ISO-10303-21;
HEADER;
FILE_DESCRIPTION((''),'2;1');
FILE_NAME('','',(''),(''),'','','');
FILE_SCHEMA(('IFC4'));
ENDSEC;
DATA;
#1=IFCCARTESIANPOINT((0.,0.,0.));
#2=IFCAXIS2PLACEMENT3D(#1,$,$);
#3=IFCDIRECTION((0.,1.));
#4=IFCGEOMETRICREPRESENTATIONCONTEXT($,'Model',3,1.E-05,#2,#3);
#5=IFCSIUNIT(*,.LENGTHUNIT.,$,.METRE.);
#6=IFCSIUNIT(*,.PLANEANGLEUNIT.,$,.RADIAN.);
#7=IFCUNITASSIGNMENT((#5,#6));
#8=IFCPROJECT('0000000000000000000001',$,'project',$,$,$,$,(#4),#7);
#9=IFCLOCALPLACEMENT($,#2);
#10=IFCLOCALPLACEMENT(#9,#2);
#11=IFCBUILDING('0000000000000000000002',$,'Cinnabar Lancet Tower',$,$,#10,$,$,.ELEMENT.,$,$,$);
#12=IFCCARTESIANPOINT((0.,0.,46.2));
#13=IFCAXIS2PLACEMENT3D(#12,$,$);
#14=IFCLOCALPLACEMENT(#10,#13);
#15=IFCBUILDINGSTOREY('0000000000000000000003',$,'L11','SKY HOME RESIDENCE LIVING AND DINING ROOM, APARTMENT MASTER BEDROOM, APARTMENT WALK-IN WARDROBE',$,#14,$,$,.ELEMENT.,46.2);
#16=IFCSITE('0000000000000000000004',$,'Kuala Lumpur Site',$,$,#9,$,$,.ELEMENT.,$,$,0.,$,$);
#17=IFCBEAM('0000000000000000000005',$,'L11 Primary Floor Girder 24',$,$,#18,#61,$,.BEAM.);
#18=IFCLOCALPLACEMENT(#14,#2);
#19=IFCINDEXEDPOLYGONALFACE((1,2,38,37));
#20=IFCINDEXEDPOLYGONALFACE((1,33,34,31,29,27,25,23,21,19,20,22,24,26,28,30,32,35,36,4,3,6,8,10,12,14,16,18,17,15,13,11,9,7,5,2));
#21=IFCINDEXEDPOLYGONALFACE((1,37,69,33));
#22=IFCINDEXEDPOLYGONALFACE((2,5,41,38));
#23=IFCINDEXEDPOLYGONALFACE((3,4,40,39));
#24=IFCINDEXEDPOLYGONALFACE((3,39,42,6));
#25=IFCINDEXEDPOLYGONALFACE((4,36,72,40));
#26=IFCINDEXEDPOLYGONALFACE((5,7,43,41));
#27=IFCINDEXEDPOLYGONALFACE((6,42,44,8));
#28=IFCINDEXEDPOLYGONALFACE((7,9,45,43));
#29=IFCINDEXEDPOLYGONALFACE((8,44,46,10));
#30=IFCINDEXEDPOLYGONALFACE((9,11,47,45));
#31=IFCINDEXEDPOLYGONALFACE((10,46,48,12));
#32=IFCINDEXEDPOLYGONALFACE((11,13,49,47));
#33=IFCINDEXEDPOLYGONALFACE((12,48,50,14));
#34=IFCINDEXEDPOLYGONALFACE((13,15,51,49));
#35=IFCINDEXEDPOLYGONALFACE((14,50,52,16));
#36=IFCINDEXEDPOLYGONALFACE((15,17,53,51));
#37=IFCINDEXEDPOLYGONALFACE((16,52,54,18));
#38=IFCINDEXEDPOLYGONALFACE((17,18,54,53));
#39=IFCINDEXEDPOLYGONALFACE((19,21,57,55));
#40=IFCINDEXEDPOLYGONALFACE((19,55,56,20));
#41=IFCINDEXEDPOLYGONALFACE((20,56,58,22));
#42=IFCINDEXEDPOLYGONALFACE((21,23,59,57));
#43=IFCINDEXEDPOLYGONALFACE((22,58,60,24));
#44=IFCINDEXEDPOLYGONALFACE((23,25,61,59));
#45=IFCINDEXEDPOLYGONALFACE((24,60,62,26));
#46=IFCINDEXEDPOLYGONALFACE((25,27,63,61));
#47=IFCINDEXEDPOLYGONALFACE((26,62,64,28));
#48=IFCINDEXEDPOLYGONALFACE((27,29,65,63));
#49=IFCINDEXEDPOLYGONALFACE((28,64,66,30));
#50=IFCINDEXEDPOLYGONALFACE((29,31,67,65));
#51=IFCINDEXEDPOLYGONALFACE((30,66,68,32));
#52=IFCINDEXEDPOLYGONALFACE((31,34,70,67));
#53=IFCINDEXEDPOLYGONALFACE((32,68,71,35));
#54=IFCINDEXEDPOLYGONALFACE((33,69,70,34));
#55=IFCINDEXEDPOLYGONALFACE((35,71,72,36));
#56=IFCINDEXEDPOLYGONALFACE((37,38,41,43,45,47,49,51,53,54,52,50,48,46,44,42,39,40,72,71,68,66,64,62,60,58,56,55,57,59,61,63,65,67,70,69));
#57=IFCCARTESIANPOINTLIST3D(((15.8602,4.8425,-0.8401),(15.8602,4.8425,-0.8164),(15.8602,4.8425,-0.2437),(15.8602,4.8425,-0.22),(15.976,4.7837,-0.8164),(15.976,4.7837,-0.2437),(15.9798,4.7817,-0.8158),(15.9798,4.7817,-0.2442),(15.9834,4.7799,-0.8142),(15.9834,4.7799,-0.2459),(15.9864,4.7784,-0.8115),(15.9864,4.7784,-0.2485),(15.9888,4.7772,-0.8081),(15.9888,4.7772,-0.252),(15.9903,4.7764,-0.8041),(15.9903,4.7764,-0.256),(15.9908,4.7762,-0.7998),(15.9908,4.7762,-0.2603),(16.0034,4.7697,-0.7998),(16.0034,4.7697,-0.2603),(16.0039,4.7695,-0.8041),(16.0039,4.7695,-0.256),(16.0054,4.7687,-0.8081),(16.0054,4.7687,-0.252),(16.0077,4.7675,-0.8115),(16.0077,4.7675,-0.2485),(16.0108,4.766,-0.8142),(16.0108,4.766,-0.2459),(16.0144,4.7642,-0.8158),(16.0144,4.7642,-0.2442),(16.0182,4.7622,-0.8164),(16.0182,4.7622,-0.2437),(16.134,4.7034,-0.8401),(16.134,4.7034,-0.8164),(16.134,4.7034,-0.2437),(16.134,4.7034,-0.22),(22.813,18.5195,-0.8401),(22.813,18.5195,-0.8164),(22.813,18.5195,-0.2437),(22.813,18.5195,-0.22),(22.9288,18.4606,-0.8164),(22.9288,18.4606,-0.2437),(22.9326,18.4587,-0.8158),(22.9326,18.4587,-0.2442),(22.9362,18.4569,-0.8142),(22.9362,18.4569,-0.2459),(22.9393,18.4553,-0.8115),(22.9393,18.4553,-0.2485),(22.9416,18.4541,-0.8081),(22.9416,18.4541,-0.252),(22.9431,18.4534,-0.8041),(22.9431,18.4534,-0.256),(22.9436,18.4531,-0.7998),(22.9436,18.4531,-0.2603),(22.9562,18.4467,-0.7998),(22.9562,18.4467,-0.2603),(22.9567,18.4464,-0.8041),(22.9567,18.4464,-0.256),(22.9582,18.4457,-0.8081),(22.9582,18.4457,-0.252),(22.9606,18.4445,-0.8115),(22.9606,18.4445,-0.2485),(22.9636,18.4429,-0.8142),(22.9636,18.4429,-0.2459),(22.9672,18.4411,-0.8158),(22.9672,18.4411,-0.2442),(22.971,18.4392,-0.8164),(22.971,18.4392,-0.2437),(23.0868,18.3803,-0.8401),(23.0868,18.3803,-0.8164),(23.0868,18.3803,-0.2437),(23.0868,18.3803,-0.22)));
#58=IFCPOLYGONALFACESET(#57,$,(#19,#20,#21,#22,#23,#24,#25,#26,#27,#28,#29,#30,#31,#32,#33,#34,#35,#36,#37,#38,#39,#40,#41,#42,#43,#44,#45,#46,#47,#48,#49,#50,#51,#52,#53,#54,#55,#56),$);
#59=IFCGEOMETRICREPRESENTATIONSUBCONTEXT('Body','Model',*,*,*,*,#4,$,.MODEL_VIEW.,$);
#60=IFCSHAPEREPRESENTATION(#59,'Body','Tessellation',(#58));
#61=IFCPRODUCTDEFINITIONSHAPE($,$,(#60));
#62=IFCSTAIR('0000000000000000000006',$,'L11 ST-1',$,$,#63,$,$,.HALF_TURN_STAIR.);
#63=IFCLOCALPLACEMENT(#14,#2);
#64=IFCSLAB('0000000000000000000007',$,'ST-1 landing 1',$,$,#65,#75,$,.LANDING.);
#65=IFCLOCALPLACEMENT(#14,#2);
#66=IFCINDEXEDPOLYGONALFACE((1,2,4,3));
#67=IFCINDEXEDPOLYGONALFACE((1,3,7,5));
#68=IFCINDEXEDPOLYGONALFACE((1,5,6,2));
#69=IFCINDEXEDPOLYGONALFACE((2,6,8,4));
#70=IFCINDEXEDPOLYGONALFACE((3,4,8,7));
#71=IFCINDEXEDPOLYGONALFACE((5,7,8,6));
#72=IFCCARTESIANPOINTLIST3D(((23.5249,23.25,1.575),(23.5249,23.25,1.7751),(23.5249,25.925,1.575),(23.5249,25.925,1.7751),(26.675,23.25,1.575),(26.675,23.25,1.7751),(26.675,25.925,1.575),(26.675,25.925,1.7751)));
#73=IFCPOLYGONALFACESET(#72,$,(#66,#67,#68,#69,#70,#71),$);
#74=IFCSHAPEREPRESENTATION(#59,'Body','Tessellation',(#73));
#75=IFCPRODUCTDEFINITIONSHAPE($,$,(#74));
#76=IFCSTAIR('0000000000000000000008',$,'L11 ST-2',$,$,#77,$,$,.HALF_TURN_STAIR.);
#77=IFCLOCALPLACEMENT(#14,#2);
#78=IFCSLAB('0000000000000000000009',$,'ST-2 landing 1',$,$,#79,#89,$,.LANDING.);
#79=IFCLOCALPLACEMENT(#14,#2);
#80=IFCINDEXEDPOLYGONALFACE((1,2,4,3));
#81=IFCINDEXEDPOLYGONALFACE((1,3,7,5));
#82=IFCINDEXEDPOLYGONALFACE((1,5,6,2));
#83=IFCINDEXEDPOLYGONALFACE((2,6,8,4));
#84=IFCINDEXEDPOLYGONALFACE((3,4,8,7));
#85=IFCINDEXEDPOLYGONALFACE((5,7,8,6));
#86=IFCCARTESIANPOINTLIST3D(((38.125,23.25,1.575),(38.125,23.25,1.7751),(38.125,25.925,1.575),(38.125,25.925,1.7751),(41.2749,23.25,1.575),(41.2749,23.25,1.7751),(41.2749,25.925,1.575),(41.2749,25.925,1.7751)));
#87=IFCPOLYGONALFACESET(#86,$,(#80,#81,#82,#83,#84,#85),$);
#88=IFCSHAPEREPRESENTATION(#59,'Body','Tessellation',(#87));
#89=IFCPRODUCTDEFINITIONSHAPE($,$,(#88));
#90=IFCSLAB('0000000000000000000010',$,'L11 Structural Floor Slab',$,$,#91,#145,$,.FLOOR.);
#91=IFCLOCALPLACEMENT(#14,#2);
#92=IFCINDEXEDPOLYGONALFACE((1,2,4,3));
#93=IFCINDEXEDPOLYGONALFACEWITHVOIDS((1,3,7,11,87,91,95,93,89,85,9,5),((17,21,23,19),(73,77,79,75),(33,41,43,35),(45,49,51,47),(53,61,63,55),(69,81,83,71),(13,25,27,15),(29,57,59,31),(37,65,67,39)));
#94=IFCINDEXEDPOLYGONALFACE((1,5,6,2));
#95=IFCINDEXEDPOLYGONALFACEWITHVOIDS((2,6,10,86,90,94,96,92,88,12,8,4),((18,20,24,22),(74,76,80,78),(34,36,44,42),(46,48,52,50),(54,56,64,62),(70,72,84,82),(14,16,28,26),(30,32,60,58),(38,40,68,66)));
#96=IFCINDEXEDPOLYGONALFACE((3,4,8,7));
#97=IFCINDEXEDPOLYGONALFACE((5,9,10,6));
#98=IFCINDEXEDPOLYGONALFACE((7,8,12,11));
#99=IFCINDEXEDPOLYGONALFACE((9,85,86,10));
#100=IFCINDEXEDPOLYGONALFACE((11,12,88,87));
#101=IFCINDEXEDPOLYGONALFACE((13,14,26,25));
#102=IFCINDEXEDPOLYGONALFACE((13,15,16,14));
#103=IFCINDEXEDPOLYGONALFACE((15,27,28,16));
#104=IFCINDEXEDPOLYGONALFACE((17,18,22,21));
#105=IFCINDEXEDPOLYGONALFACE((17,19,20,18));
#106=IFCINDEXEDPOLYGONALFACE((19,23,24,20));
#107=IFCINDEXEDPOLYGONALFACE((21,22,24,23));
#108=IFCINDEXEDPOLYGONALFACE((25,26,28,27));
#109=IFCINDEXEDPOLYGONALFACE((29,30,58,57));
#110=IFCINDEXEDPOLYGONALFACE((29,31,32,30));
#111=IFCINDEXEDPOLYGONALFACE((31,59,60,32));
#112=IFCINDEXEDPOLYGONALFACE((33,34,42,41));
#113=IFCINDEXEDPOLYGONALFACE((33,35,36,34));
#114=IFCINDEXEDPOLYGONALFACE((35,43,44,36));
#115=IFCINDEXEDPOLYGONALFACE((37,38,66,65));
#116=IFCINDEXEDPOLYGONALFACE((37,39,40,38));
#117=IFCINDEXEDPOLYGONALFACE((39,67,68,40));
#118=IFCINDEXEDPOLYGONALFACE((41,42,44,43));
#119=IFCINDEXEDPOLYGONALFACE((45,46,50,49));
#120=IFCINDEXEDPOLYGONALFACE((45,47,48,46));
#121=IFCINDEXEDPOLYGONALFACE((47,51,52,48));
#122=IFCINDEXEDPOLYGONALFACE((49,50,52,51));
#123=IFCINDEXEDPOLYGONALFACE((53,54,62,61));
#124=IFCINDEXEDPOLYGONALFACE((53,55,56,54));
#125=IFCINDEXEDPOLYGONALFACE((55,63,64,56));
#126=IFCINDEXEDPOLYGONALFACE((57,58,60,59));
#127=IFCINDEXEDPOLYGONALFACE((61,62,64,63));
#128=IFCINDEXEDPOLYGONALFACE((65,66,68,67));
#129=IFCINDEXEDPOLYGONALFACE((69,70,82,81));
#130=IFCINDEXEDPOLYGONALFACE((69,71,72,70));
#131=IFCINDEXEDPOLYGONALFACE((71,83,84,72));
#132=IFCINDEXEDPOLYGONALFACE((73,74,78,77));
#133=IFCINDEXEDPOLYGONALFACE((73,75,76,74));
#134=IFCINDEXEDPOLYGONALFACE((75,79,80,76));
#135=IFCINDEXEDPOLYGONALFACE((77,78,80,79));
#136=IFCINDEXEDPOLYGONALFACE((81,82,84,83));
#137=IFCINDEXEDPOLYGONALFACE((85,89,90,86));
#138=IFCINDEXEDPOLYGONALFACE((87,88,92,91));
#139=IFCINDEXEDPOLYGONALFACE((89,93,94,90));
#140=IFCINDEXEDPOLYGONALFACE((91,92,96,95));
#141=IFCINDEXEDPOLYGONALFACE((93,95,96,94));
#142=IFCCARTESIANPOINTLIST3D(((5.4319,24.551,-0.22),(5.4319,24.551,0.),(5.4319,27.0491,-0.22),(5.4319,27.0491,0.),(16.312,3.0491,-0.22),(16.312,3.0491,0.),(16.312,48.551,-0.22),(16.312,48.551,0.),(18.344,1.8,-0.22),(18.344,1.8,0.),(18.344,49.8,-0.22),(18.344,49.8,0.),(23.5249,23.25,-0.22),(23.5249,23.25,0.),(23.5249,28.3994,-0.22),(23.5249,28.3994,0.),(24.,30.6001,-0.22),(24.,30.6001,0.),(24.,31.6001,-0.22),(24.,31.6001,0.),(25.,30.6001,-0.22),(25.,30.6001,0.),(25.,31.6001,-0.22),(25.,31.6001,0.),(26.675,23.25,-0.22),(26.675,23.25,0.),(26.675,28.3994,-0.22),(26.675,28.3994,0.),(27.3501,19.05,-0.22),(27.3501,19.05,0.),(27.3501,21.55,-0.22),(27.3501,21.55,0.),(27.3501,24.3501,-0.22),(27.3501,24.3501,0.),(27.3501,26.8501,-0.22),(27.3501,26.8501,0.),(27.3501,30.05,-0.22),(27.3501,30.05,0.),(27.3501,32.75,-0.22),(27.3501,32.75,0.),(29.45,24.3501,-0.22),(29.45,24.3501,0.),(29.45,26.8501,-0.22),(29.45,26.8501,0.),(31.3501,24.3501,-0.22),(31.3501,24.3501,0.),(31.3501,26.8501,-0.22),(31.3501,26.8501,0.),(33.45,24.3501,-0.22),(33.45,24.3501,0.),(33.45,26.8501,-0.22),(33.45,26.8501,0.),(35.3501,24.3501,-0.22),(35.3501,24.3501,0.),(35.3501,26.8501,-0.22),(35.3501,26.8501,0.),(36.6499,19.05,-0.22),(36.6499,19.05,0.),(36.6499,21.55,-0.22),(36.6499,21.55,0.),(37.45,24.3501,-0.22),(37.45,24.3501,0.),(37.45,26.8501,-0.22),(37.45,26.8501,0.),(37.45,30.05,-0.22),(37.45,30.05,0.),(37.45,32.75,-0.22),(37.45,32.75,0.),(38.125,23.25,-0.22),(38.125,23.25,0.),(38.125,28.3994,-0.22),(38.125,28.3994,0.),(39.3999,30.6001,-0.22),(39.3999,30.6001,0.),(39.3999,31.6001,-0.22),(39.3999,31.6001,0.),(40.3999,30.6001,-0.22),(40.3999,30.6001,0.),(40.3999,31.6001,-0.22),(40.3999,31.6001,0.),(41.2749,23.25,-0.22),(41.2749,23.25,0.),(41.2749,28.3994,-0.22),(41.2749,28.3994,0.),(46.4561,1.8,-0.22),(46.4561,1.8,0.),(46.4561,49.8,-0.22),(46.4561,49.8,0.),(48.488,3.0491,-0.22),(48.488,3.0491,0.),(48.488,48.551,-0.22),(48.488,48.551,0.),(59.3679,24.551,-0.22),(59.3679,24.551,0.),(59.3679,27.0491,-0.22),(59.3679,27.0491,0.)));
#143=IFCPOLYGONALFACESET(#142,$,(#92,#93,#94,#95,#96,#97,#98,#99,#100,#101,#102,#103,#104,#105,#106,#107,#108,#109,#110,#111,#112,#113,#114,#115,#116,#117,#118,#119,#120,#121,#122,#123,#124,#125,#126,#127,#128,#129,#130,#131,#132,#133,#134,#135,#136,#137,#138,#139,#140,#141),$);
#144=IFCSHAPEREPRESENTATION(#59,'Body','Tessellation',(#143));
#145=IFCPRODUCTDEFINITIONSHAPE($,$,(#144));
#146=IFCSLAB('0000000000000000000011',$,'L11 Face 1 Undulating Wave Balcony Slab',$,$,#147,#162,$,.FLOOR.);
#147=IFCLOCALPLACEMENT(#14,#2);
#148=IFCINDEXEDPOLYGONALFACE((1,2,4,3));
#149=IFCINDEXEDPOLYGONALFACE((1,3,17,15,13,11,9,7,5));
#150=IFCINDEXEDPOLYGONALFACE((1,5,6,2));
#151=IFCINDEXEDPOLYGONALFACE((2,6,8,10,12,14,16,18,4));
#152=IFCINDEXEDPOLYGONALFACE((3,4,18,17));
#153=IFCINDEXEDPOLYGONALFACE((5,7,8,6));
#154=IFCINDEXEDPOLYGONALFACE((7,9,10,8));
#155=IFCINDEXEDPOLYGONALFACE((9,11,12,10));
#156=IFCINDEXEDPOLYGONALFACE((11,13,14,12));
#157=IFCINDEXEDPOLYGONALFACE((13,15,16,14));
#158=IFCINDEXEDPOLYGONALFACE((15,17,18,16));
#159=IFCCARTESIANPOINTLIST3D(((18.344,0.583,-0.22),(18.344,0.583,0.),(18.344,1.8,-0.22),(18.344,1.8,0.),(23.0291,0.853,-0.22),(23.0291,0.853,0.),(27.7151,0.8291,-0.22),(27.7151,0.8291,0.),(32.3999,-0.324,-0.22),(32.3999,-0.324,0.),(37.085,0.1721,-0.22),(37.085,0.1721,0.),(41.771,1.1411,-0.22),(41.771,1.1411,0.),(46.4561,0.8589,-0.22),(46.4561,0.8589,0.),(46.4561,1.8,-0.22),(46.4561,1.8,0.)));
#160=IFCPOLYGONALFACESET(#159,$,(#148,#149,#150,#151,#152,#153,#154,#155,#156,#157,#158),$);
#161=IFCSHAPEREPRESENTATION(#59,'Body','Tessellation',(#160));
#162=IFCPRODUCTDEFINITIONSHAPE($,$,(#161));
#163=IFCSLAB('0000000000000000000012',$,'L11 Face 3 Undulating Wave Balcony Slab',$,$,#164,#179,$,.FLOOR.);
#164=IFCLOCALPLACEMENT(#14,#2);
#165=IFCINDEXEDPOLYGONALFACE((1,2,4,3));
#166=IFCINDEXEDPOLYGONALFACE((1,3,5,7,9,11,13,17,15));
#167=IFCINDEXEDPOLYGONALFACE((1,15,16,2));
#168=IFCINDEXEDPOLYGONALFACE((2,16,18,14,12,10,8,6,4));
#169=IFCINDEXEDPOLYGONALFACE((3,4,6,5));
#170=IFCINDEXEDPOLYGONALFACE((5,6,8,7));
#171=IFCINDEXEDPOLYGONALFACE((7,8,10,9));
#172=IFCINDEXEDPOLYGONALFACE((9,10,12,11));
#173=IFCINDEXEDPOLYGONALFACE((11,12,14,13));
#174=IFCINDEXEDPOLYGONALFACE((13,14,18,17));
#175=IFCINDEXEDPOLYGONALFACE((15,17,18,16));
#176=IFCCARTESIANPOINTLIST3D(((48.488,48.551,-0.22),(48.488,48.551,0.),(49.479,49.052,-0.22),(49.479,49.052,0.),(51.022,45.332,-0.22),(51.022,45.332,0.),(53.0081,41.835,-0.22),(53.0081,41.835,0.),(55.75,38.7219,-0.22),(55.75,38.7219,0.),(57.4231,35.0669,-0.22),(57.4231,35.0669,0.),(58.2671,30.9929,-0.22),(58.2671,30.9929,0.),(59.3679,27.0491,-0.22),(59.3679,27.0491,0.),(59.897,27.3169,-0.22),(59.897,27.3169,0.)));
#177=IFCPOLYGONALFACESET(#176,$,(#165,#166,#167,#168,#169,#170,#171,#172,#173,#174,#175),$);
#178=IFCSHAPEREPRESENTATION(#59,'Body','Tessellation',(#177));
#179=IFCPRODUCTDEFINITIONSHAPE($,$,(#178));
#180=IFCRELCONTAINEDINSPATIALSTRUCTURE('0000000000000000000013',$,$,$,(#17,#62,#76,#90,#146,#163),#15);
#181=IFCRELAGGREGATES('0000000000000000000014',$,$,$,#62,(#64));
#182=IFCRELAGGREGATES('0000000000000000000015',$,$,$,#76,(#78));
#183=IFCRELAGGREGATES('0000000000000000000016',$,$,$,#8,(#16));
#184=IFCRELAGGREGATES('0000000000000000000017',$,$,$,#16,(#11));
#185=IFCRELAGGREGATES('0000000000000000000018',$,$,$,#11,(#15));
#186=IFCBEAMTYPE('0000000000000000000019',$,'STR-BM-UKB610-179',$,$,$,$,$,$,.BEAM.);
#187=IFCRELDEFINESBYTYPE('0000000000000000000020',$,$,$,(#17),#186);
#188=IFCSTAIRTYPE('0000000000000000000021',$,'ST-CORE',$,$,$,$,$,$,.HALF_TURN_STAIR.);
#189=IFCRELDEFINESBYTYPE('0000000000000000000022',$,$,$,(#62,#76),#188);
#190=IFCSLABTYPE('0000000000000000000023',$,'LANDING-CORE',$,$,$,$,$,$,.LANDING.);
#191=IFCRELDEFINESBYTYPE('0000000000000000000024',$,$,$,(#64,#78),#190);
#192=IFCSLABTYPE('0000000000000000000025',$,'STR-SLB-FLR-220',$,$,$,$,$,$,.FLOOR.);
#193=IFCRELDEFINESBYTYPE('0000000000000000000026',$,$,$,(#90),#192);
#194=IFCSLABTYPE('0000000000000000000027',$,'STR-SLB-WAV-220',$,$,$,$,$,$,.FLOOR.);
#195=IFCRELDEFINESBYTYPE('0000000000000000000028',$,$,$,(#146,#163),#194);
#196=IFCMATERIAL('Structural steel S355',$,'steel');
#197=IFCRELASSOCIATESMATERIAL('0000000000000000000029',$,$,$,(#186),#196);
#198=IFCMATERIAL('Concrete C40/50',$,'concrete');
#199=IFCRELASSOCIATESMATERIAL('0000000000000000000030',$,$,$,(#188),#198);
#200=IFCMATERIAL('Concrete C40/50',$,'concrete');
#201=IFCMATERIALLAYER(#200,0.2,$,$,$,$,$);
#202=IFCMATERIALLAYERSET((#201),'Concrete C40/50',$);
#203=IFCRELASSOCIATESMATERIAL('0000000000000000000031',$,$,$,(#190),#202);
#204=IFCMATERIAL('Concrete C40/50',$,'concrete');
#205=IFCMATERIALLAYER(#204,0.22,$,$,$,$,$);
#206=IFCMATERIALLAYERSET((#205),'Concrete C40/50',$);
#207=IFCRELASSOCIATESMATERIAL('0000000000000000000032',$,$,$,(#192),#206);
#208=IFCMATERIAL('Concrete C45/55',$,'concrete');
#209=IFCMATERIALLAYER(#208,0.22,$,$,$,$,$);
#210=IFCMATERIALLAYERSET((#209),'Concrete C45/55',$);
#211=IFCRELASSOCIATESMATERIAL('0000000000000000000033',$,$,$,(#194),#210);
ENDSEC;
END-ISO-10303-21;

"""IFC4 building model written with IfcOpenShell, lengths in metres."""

from ifc_helpers import new_model, si_unit, direction, frame, origin, origin_2d, place, context, subcontext, project, spatial, polyline, i_section, outline, extrude, material, layer, layer_set, material_profile, profile_set, type_object, element, aggregate, save


model = new_model("IFC4")

# Units and contexts
model_context = context("Model", 3, precision=1e-05, world=origin(), true_north=direction((0.0, 1.0)))
body_context = subcontext(model_context, "Body", "Model", "MODEL_VIEW")
ifc_project = project(units=[si_unit("LENGTHUNIT", "METRE"), si_unit("PLANEANGLEUNIT", "RADIAN")], contexts=[model_context])

# Site, building, storey
site_placement = place(None, origin())
site = spatial("IfcSite", under=ifc_project, at=site_placement, Name="Kuala Lumpur Site", CompositionType="ELEMENT", RefElevation=0.0)
building_placement = place(site_placement, origin())
building = spatial("IfcBuilding", under=site, at=building_placement, Name="Cinnabar Lancet Tower", CompositionType="ELEMENT")
storey_placement = place(building_placement, frame((0.0, 0.0, 46.2)))
storey = spatial("IfcBuildingStorey", under=building, at=storey_placement, Name="L11", Description="SKY HOME RESIDENCE LIVING AND DINING ROOM, APARTMENT MASTER BEDROOM, APARTMENT WALK-IN WARDROBE", CompositionType="ELEMENT", Elevation=46.2)

# Beam
ifc_material_1 = material(Name="Structural steel S355", Category="steel")
ifc_material_profile_1 = material_profile(ifc_material_1, i_section(OverallWidth=0.3071, OverallDepth=0.6201, WebThickness=0.0142, FlangeThickness=0.0237, FilletRadius=0.0166, at=origin_2d()), Name="UKB 610x305x179")
ifc_profile_set_1 = profile_set([ifc_material_profile_1], Name="Structural steel S355")
beam_type_1 = type_object("IfcBeamType", Name="STR-BM-UKB610-179", PredefinedType="BEAM", material=ifc_profile_set_1)
beam_1_placement = place(storey_placement, frame((15.9971, 4.7729, -0.53), z_axis=(0.453168, 0.891425, 0.0), x_axis=(-0.891425, 0.453168, 0.0)))
element("IfcBeam", 1, at=beam_1_placement, inside=storey, type_object=beam_type_1, Name="L11 Primary Floor Girder 24", PredefinedType="BEAM", context=body_context, shape_type="SweptSolid", body=[
    extrude(i_section(OverallWidth=0.3071, OverallDepth=0.6201, WebThickness=0.0142, FlangeThickness=0.0237, FilletRadius=0.0166, at=origin_2d()), origin(), (0.0, 0.0, 1.0), 15.3428),
])

# Stairs, slabs
ifc_material_2 = material(Name="Concrete C40/50", Category="concrete")
stair_type = type_object("IfcStairType", Name="ST-CORE", PredefinedType="HALF_TURN_STAIR", material=ifc_material_2)
stair_1_placement = place(storey_placement, origin())
stair_1 = element("IfcStair", 2, at=stair_1_placement, inside=storey, type_object=stair_type, Name="L11 ST-1", PredefinedType="HALF_TURN_STAIR")
ifc_material_3 = material(Name="Concrete C40/50", Category="concrete")
ifc_layer_1 = layer(ifc_material_3, 0.2)
ifc_layer_set_1 = layer_set([ifc_layer_1], Name="Concrete C40/50")
slab_type_1 = type_object("IfcSlabType", Name="LANDING-CORE", PredefinedType="LANDING", material=ifc_layer_set_1)
slab_1_placement = place(storey_placement, frame((0.0, 0.0, 1.575)))
slab_1 = element("IfcSlab", 3, at=slab_1_placement, type_object=slab_type_1, Name="ST-1 landing 1", PredefinedType="LANDING", context=body_context, shape_type="SweptSolid", body=[
    extrude(outline(polyline([(23.5249, 25.925), (23.5249, 23.25), (26.675, 23.25), (26.675, 25.925), (23.5249, 25.925)])), origin(), (0.0, 0.0, 1.0), 0.2002),
])
aggregate(stair_1, [slab_1])
stair_2_placement = place(storey_placement, origin())
stair_2 = element("IfcStair", 4, at=stair_2_placement, inside=storey, type_object=stair_type, Name="L11 ST-2", PredefinedType="HALF_TURN_STAIR")
slab_2_placement = place(storey_placement, frame((0.0, 0.0, 1.575)))
slab_2 = element("IfcSlab", 5, at=slab_2_placement, type_object=slab_type_1, Name="ST-2 landing 1", PredefinedType="LANDING", context=body_context, shape_type="SweptSolid", body=[
    extrude(outline(polyline([(38.125, 25.925), (38.125, 23.25), (41.2749, 23.25), (41.2749, 25.925), (38.125, 25.925)])), origin(), (0.0, 0.0, 1.0), 0.2002),
])
aggregate(stair_2, [slab_2])

# Slabs
ifc_material_4 = material(Name="Concrete C40/50", Category="concrete")
ifc_layer_2 = layer(ifc_material_4, 0.22)
ifc_layer_set_2 = layer_set([ifc_layer_2], Name="Concrete C40/50")
slab_type_2 = type_object("IfcSlabType", Name="STR-SLB-FLR-220", PredefinedType="FLOOR", material=ifc_layer_set_2)
slab_3_placement = place(storey_placement, frame((0.0, 0.0, -0.22)))
element("IfcSlab", 6, at=slab_3_placement, inside=storey, type_object=slab_type_2, Name="L11 Structural Floor Slab", PredefinedType="FLOOR", context=body_context, shape_type="SweptSolid", body=[
    extrude(outline(polyline([(16.312, 3.0491), (18.344, 1.8), (46.4561, 1.8), (48.488, 3.0491), (59.3679, 24.551), (59.3679, 27.0491), (48.488, 48.551), (46.4561, 49.8), (18.344, 49.8), (16.312, 48.551), (5.4319, 27.0491), (5.4319, 24.551), (16.312, 3.0491)]), holes=[polyline([(23.5249, 23.25), (26.675, 23.25), (26.675, 28.3994), (23.5249, 28.3994), (23.5249, 23.25)]), polyline([(38.125, 23.25), (41.2749, 23.25), (41.2749, 28.3994), (38.125, 28.3994), (38.125, 23.25)]), polyline([(27.3501, 30.05), (37.45, 30.05), (37.45, 32.75), (27.3501, 32.75), (27.3501, 30.05)]), polyline([(27.3501, 19.05), (36.6499, 19.05), (36.6499, 21.55), (27.3501, 21.55), (27.3501, 19.05)]), polyline([(27.3501, 24.3501), (29.45, 24.3501), (29.45, 26.8501), (27.3501, 26.8501), (27.3501, 24.3501)]), polyline([(35.3501, 24.3501), (37.45, 24.3501), (37.45, 26.8501), (35.3501, 26.8501), (35.3501, 24.3501)]), polyline([(31.3501, 24.3501), (33.45, 24.3501), (33.45, 26.8501), (31.3501, 26.8501), (31.3501, 24.3501)]), polyline([(24.0, 30.6001), (25.0, 30.6001), (25.0, 31.6001), (24.0, 31.6001), (24.0, 30.6001)]), polyline([(39.3999, 30.6001), (40.3999, 30.6001), (40.3999, 31.6001), (39.3999, 31.6001), (39.3999, 30.6001)])]), origin(), (0.0, 0.0, 1.0), 0.22),
])
ifc_material_5 = material(Name="Concrete C45/55", Category="concrete")
ifc_layer_3 = layer(ifc_material_5, 0.22)
ifc_layer_set_3 = layer_set([ifc_layer_3], Name="Concrete C45/55")
slab_type_3 = type_object("IfcSlabType", Name="STR-SLB-WAV-220", PredefinedType="FLOOR", material=ifc_layer_set_3)
slab_4_placement = place(storey_placement, frame((0.0, 0.0, -0.22)))
element("IfcSlab", 7, at=slab_4_placement, inside=storey, type_object=slab_type_3, Name="L11 Face 1 Undulating Wave Balcony Slab", PredefinedType="FLOOR", context=body_context, shape_type="SweptSolid", body=[
    extrude(outline(polyline([(18.344, 1.8), (18.344, 0.583), (23.0291, 0.853), (27.7151, 0.8291), (32.3999, -0.324), (37.085, 0.1721), (41.771, 1.1411), (46.4561, 0.8589), (46.4561, 1.8), (18.344, 1.8)])), origin(), (0.0, 0.0, 1.0), 0.22),
])
slab_5_placement = place(storey_placement, frame((0.0, 0.0, -0.22)))
element("IfcSlab", 8, at=slab_5_placement, inside=storey, type_object=slab_type_3, Name="L11 Face 3 Undulating Wave Balcony Slab", PredefinedType="FLOOR", context=body_context, shape_type="SweptSolid", body=[
    extrude(outline(polyline([(59.3679, 27.0491), (59.897, 27.3169), (58.2671, 30.9929), (57.4231, 35.0669), (55.75, 38.7219), (53.0081, 41.835), (51.022, 45.332), (49.479, 49.052), (48.488, 48.551), (59.3679, 27.0491)])), origin(), (0.0, 0.0, 1.0), 0.22),
])

save(model, "model.ifc")
